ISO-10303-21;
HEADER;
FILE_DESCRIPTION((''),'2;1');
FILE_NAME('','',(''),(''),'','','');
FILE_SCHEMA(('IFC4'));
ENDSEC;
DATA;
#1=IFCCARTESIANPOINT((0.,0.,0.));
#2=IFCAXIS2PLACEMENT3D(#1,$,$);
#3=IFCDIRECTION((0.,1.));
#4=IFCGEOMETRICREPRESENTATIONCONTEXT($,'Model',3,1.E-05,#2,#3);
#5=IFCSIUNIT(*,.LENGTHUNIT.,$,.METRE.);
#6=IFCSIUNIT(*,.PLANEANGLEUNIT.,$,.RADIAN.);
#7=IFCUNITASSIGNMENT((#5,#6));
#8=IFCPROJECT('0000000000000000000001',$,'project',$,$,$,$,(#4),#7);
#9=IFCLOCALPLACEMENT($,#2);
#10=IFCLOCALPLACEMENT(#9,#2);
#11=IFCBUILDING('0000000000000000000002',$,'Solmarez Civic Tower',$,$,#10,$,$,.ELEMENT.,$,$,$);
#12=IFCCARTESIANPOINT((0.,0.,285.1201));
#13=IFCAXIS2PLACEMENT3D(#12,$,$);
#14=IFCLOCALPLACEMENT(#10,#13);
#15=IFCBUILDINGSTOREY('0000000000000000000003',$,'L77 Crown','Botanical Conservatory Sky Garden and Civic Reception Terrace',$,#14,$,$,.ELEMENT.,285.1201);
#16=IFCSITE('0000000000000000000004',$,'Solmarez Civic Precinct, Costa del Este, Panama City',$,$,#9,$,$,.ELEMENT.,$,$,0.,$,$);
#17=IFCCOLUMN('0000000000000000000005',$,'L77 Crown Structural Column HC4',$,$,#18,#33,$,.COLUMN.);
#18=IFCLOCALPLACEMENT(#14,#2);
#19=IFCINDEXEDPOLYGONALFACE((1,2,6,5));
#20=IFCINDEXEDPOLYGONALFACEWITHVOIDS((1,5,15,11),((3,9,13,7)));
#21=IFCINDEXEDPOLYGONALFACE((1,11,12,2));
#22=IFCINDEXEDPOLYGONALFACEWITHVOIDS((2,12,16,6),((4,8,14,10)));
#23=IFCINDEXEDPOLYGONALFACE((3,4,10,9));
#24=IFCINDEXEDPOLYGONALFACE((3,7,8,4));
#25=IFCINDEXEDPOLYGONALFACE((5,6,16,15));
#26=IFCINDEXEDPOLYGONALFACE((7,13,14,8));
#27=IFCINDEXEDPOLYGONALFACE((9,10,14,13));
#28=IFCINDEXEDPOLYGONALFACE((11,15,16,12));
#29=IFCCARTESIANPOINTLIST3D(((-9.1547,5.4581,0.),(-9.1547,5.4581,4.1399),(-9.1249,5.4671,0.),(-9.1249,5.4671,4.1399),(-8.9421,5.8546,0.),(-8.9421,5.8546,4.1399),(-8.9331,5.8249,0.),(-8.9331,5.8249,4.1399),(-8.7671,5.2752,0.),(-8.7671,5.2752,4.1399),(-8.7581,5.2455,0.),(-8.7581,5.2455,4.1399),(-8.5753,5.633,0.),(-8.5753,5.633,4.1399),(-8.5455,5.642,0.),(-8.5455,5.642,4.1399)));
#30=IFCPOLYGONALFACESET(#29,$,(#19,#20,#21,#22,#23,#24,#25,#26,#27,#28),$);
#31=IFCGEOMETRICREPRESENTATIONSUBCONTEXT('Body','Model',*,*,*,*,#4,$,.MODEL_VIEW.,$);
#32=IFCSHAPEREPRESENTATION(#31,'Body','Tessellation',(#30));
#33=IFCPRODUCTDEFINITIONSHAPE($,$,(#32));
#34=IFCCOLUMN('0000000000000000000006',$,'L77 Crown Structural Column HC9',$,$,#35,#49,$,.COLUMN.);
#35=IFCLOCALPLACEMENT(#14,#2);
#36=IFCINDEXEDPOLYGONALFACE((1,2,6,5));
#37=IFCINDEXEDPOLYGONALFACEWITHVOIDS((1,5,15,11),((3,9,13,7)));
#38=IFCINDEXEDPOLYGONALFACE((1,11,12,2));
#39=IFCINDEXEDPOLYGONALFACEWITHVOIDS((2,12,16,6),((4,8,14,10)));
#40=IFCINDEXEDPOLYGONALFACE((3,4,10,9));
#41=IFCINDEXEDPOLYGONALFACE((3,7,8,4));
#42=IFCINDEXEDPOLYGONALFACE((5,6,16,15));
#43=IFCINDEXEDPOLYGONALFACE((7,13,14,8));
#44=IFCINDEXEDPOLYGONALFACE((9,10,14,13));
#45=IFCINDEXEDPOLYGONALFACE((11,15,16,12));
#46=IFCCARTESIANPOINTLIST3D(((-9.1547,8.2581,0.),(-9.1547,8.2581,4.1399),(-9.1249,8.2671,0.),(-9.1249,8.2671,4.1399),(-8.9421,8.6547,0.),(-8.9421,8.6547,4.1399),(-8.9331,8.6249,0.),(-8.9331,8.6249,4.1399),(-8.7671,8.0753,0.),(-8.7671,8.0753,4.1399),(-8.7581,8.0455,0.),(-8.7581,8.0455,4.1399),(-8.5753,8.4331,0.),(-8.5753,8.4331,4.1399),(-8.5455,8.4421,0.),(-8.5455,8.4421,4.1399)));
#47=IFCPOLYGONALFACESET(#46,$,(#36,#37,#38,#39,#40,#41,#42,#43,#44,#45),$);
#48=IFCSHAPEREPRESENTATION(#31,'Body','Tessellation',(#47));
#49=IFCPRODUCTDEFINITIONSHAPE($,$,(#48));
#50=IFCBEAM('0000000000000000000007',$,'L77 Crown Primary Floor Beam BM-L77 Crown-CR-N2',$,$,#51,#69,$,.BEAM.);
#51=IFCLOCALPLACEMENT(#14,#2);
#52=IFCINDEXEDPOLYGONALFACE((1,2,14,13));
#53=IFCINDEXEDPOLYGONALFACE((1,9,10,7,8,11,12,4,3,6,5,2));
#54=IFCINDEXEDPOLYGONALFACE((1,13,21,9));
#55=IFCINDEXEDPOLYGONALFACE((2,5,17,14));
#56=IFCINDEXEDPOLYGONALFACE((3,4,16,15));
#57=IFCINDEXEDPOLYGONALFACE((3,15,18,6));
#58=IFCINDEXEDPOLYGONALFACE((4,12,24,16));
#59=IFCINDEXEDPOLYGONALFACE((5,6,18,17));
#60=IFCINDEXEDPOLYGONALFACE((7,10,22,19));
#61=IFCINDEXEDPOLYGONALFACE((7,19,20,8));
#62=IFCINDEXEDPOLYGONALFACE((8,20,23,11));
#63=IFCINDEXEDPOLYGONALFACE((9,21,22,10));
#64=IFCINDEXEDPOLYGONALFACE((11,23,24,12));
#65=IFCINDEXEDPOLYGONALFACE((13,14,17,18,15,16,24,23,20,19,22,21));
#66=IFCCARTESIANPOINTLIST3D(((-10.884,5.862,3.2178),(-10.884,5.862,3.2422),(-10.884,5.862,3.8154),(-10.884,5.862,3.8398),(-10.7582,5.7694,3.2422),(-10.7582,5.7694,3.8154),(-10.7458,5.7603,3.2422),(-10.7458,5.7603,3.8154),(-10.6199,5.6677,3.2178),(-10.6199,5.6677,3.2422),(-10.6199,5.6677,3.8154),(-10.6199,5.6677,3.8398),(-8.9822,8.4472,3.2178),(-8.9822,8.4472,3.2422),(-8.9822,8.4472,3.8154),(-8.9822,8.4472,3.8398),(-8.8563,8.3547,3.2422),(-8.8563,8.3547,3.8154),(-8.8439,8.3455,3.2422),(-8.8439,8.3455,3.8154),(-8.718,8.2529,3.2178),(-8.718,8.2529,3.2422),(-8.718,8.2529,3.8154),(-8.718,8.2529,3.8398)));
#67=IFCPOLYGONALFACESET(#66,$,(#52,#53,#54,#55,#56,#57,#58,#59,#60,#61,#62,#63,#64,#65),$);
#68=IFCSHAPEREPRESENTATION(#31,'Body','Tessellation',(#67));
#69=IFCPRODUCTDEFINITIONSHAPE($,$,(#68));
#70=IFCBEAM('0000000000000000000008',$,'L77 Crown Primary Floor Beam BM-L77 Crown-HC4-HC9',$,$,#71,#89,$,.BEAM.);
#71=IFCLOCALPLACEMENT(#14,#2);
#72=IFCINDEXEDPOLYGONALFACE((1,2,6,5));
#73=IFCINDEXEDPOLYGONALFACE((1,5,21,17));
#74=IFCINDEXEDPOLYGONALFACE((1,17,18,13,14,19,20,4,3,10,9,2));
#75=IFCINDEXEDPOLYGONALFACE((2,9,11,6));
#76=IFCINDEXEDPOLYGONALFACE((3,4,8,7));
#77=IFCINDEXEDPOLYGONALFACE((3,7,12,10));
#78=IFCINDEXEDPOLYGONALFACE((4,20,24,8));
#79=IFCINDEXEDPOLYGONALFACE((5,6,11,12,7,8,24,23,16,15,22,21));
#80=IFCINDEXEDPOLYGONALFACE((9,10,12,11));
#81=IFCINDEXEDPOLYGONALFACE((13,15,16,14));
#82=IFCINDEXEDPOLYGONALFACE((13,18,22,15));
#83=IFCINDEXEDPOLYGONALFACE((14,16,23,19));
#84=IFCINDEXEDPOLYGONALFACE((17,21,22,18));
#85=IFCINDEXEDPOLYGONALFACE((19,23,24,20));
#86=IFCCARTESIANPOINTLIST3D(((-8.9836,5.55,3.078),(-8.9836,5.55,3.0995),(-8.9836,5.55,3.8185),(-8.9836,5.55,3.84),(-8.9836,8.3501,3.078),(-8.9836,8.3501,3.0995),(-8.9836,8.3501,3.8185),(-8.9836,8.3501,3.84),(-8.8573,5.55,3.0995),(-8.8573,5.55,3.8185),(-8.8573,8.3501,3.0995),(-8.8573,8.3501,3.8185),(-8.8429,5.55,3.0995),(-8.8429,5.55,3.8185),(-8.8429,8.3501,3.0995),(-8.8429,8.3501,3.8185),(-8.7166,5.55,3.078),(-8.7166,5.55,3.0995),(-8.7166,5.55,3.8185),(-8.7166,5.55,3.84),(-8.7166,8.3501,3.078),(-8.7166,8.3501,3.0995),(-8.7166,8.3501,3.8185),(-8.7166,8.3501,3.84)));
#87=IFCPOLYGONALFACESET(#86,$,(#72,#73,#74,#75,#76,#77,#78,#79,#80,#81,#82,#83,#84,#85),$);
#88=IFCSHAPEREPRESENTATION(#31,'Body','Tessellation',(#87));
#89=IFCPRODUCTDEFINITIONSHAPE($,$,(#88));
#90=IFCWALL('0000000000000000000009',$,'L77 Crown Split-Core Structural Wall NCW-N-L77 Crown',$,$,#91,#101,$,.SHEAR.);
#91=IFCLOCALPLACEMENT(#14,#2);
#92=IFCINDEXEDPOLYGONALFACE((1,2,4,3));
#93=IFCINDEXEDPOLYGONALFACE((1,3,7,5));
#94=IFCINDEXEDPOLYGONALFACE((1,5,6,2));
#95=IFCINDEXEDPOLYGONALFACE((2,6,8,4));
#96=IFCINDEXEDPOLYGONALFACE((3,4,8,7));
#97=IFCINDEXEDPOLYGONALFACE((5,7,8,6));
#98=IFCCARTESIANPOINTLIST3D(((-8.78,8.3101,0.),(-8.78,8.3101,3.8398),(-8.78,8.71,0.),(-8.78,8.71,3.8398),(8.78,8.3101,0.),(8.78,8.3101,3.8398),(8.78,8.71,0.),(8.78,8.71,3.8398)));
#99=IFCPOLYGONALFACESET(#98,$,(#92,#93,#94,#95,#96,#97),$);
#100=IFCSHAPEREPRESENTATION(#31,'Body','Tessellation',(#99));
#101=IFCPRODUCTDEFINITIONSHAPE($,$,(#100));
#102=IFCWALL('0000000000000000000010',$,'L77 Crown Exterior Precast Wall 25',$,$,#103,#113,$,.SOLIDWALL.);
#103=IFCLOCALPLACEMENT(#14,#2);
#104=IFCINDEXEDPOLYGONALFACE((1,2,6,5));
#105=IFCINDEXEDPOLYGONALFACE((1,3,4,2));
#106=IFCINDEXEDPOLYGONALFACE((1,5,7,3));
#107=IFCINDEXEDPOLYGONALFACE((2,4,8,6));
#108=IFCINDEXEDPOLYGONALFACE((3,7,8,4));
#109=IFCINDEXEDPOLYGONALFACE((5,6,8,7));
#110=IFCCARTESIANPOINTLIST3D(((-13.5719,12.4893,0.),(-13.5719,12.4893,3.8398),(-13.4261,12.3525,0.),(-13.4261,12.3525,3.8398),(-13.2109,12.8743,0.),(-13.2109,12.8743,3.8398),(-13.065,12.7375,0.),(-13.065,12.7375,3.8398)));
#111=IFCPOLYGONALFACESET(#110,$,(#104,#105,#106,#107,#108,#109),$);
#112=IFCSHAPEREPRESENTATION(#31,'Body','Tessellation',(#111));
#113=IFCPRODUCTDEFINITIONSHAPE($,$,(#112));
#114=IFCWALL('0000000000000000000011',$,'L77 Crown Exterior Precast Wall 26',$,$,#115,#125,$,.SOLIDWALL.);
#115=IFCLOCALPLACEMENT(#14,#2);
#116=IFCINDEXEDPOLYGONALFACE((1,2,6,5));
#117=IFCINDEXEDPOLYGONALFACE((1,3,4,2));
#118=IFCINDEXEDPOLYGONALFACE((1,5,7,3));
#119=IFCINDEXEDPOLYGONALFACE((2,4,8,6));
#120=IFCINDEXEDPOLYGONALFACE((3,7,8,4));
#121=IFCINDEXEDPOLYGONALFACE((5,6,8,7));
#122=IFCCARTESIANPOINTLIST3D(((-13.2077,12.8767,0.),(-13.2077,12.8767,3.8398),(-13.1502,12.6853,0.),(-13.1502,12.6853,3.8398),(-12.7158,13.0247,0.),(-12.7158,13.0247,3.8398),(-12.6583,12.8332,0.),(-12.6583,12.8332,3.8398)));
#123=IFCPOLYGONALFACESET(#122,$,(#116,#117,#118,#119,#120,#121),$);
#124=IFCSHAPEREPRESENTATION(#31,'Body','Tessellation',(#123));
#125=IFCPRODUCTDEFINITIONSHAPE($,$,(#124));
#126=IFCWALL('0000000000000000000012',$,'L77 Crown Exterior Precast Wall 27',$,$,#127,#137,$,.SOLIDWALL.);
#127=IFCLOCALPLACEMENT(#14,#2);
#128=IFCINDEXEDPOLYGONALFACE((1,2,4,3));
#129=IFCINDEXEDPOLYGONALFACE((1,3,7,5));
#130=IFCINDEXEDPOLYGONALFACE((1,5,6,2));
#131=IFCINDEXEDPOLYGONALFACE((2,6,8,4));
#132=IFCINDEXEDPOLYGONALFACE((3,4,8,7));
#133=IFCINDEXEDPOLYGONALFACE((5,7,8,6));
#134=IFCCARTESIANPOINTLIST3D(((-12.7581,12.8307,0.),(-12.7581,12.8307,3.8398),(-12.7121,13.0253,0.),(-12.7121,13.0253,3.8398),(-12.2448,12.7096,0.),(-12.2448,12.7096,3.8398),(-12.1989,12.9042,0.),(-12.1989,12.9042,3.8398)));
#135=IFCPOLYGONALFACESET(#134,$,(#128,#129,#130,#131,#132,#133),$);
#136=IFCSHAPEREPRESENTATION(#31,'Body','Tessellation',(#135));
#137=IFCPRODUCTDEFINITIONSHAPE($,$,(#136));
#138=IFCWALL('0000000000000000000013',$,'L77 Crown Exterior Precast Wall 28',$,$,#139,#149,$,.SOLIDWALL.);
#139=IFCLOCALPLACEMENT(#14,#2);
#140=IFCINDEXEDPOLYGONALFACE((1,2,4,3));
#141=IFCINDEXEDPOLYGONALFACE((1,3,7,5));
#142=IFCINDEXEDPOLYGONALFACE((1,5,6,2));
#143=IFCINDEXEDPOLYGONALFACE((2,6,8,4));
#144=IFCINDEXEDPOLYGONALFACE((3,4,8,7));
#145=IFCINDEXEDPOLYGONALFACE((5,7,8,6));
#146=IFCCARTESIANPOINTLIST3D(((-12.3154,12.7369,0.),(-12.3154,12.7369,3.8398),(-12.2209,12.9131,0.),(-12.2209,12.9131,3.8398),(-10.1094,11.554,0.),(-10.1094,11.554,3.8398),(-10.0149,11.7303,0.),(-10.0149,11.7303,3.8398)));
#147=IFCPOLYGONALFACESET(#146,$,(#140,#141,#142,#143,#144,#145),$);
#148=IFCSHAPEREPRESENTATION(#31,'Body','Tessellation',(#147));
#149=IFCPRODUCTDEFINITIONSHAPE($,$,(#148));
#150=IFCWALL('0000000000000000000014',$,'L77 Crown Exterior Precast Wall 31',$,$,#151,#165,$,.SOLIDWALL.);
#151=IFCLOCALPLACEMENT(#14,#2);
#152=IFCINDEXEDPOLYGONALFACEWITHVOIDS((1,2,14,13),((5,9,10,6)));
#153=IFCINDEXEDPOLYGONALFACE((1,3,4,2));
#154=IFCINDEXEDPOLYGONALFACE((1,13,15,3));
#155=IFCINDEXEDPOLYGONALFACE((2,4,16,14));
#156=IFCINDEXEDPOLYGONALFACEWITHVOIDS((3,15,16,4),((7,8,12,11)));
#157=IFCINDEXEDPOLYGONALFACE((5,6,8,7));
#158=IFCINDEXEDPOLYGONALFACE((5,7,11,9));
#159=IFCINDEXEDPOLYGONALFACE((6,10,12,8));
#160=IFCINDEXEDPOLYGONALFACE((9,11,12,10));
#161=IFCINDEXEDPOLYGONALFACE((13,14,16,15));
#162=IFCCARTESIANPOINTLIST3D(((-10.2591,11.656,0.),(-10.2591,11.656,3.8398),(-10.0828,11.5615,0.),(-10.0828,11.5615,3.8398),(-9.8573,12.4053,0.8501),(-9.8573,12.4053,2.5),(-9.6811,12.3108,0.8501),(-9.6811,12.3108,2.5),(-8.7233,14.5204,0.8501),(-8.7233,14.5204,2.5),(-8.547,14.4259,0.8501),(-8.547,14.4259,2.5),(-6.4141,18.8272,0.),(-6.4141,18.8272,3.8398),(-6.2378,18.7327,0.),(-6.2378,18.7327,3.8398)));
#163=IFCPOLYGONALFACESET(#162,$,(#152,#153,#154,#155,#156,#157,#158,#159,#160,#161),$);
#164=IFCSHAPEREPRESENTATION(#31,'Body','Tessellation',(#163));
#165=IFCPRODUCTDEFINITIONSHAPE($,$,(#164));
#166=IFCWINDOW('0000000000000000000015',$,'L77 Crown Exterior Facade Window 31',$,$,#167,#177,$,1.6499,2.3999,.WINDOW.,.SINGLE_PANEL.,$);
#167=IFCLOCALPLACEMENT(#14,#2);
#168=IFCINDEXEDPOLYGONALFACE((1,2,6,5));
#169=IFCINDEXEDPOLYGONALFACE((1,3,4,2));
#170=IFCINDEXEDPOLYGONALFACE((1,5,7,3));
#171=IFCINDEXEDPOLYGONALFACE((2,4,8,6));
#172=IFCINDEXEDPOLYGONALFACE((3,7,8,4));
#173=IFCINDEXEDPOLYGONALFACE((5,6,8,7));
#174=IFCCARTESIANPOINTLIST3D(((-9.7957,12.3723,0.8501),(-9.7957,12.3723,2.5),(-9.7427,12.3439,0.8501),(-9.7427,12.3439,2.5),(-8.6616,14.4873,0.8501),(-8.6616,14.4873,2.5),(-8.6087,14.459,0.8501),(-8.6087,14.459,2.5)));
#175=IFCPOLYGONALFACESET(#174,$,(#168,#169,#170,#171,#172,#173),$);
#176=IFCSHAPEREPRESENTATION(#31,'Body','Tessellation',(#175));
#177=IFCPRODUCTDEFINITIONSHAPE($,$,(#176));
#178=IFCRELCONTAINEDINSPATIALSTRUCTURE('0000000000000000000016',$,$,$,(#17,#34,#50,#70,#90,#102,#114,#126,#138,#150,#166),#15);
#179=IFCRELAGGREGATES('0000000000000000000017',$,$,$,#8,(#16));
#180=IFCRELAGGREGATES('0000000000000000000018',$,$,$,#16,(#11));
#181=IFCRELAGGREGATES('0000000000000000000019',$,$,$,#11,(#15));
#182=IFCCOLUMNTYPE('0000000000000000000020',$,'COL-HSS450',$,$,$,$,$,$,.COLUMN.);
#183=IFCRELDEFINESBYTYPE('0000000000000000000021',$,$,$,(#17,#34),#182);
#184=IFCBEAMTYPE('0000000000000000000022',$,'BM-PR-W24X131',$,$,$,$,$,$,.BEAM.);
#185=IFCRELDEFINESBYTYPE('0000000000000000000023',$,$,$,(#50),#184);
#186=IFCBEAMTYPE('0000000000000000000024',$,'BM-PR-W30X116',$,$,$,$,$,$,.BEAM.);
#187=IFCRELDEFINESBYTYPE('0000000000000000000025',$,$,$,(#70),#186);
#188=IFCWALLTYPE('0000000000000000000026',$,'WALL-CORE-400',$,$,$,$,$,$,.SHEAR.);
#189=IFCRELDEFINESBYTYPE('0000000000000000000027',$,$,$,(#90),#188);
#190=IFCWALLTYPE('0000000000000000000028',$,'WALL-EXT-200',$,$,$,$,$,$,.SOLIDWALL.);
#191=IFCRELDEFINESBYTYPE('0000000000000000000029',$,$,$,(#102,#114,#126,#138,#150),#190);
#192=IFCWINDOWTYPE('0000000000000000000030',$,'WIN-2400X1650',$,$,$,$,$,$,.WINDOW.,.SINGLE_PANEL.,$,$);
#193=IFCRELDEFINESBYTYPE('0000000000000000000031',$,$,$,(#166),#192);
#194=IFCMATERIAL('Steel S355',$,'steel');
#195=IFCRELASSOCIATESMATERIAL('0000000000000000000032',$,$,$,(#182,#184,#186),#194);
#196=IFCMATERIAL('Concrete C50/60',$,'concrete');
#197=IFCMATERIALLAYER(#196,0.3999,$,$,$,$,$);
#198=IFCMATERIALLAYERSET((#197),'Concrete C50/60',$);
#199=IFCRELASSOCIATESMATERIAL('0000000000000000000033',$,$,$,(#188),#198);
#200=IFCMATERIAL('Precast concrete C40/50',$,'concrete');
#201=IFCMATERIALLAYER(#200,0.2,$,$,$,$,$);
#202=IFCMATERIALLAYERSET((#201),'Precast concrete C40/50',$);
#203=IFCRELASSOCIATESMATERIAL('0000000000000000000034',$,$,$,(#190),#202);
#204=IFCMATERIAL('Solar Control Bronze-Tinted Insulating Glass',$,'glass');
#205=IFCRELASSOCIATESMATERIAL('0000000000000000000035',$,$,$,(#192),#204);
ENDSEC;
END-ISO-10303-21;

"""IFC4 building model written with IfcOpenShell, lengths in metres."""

from ifc_helpers import new_model, si_unit, direction, frame, frame_2d, origin, origin_2d, place, context, subcontext, project, spatial, rectangle, hollow_rectangle, i_section, extrude, material, layer, layer_set, material_profile, profile_set, type_object, element, fill, save


model = new_model("IFC4")

# Units and contexts
model_context = context("Model", 3, precision=1e-05, world=origin(), true_north=direction((0.0, 1.0)))
body_context = subcontext(model_context, "Body", "Model", "MODEL_VIEW")
ifc_project = project(units=[si_unit("LENGTHUNIT", "METRE"), si_unit("PLANEANGLEUNIT", "RADIAN")], contexts=[model_context])

# Site, building, storey
site_placement = place(None, origin())
site = spatial("IfcSite", under=ifc_project, at=site_placement, Name="Solmarez Civic Precinct, Costa del Este, Panama City", CompositionType="ELEMENT", RefElevation=0.0)
building_placement = place(site_placement, origin())
building = spatial("IfcBuilding", under=site, at=building_placement, Name="Solmarez Civic Tower", CompositionType="ELEMENT")
storey_placement = place(building_placement, frame((0.0, 0.0, 285.1201)))
storey = spatial("IfcBuildingStorey", under=building, at=storey_placement, Name="L77 Crown", Description="Botanical Conservatory Sky Garden and Civic Reception Terrace", CompositionType="ELEMENT", Elevation=285.1201)

# Columns
ifc_material_1 = material(Name="Steel S355", Category="steel")
ifc_material_profile_1 = material_profile(ifc_material_1, hollow_rectangle(XDim=0.45, YDim=0.45, WallThickness=0.022, at=origin_2d()), Name="HSS450X450X22")
ifc_profile_set_1 = profile_set([ifc_material_profile_1], Name="Steel S355")
column_type = type_object("IfcColumnType", Name="COL-HSS450", PredefinedType="COLUMN", material=ifc_profile_set_1)
for number, where, z_axis, x_axis, name in (
    (1, (-8.8501, 5.55, 0.0), (0.0, 0.0, 1.0), (0.472551, 0.881303, 0.0), "L77 Crown Structural Column HC4"),
    (2, (-8.8501, 8.3501, 0.0), (0.0, 0.0, 1.0), (0.472551, 0.881303, 0.0), "L77 Crown Structural Column HC9"),
):
    element("IfcColumn", number, at=place(storey_placement, frame(where, z_axis=z_axis, x_axis=x_axis)), inside=storey, type_object=column_type, Name=name, PredefinedType="COLUMN", context=body_context, shape_type="SweptSolid", body=[
        extrude(hollow_rectangle(XDim=0.45, YDim=0.45, WallThickness=0.022, at=origin_2d()), origin(), (0.0, 0.0, 1.0), 4.1399),
    ])

# Beams
ifc_material_profile_2 = material_profile(ifc_material_1, i_section(OverallWidth=0.3279, OverallDepth=0.6221, WebThickness=0.0154, FlangeThickness=0.0244, at=origin_2d()), Name="W24X131")
ifc_profile_set_2 = profile_set([ifc_material_profile_2], Name="Steel S355")
beam_type_1 = type_object("IfcBeamType", Name="BM-PR-W24X131", PredefinedType="BEAM", material=ifc_profile_set_2)
beam_1_placement = place(storey_placement, frame((-8.8501, 8.3501, 3.5288), z_axis=(-0.592586, -0.805507, 0.0), x_axis=(0.805507, -0.592586, 0.0)))
element("IfcBeam", 3, at=beam_1_placement, inside=storey, type_object=beam_type_1, Name="L77 Crown Primary Floor Beam BM-L77 Crown-CR-N2", PredefinedType="BEAM", context=body_context, shape_type="SweptSolid", body=[
    extrude(i_section(OverallWidth=0.3279, OverallDepth=0.6221, WebThickness=0.0154, FlangeThickness=0.0244, at=origin_2d()), origin(), (0.0, 0.0, 1.0), 3.2095),
])
ifc_material_profile_3 = material_profile(ifc_material_1, i_section(OverallWidth=0.2671, OverallDepth=0.762, WebThickness=0.0144, FlangeThickness=0.0215, at=origin_2d()), Name="W30X116")
ifc_profile_set_3 = profile_set([ifc_material_profile_3], Name="Steel S355")
beam_type_2 = type_object("IfcBeamType", Name="BM-PR-W30X116", PredefinedType="BEAM", material=ifc_profile_set_3)
beam_2_placement = place(storey_placement, frame((-8.8501, 5.55, 3.459), z_axis=(0.0, 1.0, 0.0), x_axis=(-1.0, 0.0, 0.0)))
element("IfcBeam", 4, at=beam_2_placement, inside=storey, type_object=beam_type_2, Name="L77 Crown Primary Floor Beam BM-L77 Crown-HC4-HC9", PredefinedType="BEAM", context=body_context, shape_type="SweptSolid", body=[
    extrude(i_section(OverallWidth=0.2671, OverallDepth=0.762, WebThickness=0.0144, FlangeThickness=0.0215, at=origin_2d()), origin(), (0.0, 0.0, 1.0), 2.8),
])

# Walls
ifc_material_2 = material(Name="Concrete C50/60", Category="concrete")
ifc_layer_1 = layer(ifc_material_2, 0.3999)
ifc_layer_set_1 = layer_set([ifc_layer_1], Name="Concrete C50/60")
wall_type_1 = type_object("IfcWallType", Name="WALL-CORE-400", PredefinedType="SHEAR", material=ifc_layer_set_1)
wall_1_placement = place(storey_placement, frame((-8.78, 8.51, 0.0), z_axis=(0.0, 0.0, 1.0), x_axis=(1.0, 0.0, 0.0)))
element("IfcWall", 5, at=wall_1_placement, inside=storey, type_object=wall_type_1, Name="L77 Crown Split-Core Structural Wall NCW-N-L77 Crown", PredefinedType="SHEAR", context=body_context, shape_type="SweptSolid", body=[
    extrude(rectangle(XDim=17.5601, YDim=0.3999, at=frame_2d((8.78, 0.0))), origin(), (0.0, 0.0, 1.0), 3.8398),
])
ifc_material_3 = material(Name="Precast concrete C40/50", Category="concrete")
ifc_layer_2 = layer(ifc_material_3, 0.2)
ifc_layer_set_2 = layer_set([ifc_layer_2], Name="Precast concrete C40/50")
wall_type_2 = type_object("IfcWallType", Name="WALL-EXT-200", PredefinedType="SOLIDWALL", material=ifc_layer_set_2)
wall_2_placement = place(storey_placement, frame((-13.499, 12.4209, 0.0), z_axis=(0.0, 0.0, 1.0), x_axis=(0.68408, 0.729407, 0.0)))
element("IfcWall", 6, at=wall_2_placement, inside=storey, type_object=wall_type_2, Name="L77 Crown Exterior Precast Wall 25", PredefinedType="SOLIDWALL", context=body_context, shape_type="SweptSolid", body=[
    extrude(rectangle(XDim=0.5278, YDim=0.2, at=frame_2d((0.2639, 0.0))), origin(), (0.0, 0.0, 1.0), 3.8398),
])
wall_3_placement = place(storey_placement, frame((-13.179, 12.781, 0.0), z_axis=(0.0, 0.0, 1.0), x_axis=(0.95763, 0.288002, 0.0)))
element("IfcWall", 7, at=wall_3_placement, inside=storey, type_object=wall_type_2, Name="L77 Crown Exterior Precast Wall 26", PredefinedType="SOLIDWALL", context=body_context, shape_type="SweptSolid", body=[
    extrude(rectangle(XDim=0.5137, YDim=0.2, at=frame_2d((0.2568, 0.0))), origin(), (0.0, 0.0, 1.0), 3.8398),
])
wall_4_placement = place(storey_placement, frame((-12.7351, 12.928, 0.0), z_axis=(0.0, 0.0, 1.0), x_axis=(0.973271, -0.229659, 0.0)))
element("IfcWall", 8, at=wall_4_placement, inside=storey, type_object=wall_type_2, Name="L77 Crown Exterior Precast Wall 27", PredefinedType="SOLIDWALL", context=body_context, shape_type="SweptSolid", body=[
    extrude(rectangle(XDim=0.5273, YDim=0.2, at=frame_2d((0.2637, 0.0))), origin(), (0.0, 0.0, 1.0), 3.8398),
])
wall_5_placement = place(storey_placement, frame((-12.2681, 12.825, 0.0), z_axis=(0.0, 0.0, 1.0), x_axis=(0.881306, -0.472546, 0.0)))
element("IfcWall", 9, at=wall_5_placement, inside=storey, type_object=wall_type_2, Name="L77 Crown Exterior Precast Wall 28", PredefinedType="SOLIDWALL", context=body_context, shape_type="SweptSolid", body=[
    extrude(rectangle(XDim=2.5032, YDim=0.2, at=frame_2d((1.2515, 0.0))), origin(), (0.0, 0.0, 1.0), 3.8398),
])

# Wall, opening, window
wall_6_placement = place(storey_placement, frame((-10.1709, 11.6089, 0.0), z_axis=(0.0, 0.0, 1.0), x_axis=(0.472535, 0.881312, 0.0)))
wall_6 = element("IfcWall", 10, at=wall_6_placement, inside=storey, type_object=wall_type_2, Name="L77 Crown Exterior Precast Wall 31", PredefinedType="SOLIDWALL", context=body_context, shape_type="SweptSolid", body=[
    extrude(rectangle(XDim=8.137, YDim=0.2, at=frame_2d((4.0684, 0.0))), origin(), (0.0, 0.0, 1.0), 3.8398),
])
opening_1_placement = place(wall_6_placement, frame((0.8501, 0.0, 0.8501)))
opening_1 = element("IfcOpeningElement", 11, at=opening_1_placement, cuts=wall_6, PredefinedType="OPENING", context=body_context, shape_type="SweptSolid", body=[
    extrude(rectangle(XDim=2.3999, YDim=1.6499, at=frame_2d((1.2, 0.825))), frame((0.0, 0.1099, 0.0), z_axis=(0.0, -1.0, 0.0), x_axis=(1.0, 0.0, 0.0)), (0.0, 0.0, 1.0), 0.22),
])
ifc_material_4 = material(Name="Solar Control Bronze-Tinted Insulating Glass", Category="glass")
window_type_1 = type_object("IfcWindowType", Name="WIN-2400X1650", PartitioningType="SINGLE_PANEL", PredefinedType="WINDOW", material=ifc_material_4)
window_1_placement = place(opening_1_placement, origin())
window_1 = element("IfcWindow", 12, at=window_1_placement, inside=storey, type_object=window_type_1, Name="L77 Crown Exterior Facade Window 31", OverallHeight=1.6499, OverallWidth=2.3999, PartitioningType="SINGLE_PANEL", PredefinedType="WINDOW", context=body_context, shape_type="SweptSolid", body=[
    extrude(rectangle(XDim=2.3999, YDim=1.6499, at=frame_2d((1.2, 0.825))), frame((0.0, 0.03, 0.0), z_axis=(0.0, -1.0, 0.0), x_axis=(1.0, 0.0, 0.0)), (0.0, 0.0, 1.0), 0.0601),
])
fill(opening_1, window_1)

save(model, "model.ifc")
